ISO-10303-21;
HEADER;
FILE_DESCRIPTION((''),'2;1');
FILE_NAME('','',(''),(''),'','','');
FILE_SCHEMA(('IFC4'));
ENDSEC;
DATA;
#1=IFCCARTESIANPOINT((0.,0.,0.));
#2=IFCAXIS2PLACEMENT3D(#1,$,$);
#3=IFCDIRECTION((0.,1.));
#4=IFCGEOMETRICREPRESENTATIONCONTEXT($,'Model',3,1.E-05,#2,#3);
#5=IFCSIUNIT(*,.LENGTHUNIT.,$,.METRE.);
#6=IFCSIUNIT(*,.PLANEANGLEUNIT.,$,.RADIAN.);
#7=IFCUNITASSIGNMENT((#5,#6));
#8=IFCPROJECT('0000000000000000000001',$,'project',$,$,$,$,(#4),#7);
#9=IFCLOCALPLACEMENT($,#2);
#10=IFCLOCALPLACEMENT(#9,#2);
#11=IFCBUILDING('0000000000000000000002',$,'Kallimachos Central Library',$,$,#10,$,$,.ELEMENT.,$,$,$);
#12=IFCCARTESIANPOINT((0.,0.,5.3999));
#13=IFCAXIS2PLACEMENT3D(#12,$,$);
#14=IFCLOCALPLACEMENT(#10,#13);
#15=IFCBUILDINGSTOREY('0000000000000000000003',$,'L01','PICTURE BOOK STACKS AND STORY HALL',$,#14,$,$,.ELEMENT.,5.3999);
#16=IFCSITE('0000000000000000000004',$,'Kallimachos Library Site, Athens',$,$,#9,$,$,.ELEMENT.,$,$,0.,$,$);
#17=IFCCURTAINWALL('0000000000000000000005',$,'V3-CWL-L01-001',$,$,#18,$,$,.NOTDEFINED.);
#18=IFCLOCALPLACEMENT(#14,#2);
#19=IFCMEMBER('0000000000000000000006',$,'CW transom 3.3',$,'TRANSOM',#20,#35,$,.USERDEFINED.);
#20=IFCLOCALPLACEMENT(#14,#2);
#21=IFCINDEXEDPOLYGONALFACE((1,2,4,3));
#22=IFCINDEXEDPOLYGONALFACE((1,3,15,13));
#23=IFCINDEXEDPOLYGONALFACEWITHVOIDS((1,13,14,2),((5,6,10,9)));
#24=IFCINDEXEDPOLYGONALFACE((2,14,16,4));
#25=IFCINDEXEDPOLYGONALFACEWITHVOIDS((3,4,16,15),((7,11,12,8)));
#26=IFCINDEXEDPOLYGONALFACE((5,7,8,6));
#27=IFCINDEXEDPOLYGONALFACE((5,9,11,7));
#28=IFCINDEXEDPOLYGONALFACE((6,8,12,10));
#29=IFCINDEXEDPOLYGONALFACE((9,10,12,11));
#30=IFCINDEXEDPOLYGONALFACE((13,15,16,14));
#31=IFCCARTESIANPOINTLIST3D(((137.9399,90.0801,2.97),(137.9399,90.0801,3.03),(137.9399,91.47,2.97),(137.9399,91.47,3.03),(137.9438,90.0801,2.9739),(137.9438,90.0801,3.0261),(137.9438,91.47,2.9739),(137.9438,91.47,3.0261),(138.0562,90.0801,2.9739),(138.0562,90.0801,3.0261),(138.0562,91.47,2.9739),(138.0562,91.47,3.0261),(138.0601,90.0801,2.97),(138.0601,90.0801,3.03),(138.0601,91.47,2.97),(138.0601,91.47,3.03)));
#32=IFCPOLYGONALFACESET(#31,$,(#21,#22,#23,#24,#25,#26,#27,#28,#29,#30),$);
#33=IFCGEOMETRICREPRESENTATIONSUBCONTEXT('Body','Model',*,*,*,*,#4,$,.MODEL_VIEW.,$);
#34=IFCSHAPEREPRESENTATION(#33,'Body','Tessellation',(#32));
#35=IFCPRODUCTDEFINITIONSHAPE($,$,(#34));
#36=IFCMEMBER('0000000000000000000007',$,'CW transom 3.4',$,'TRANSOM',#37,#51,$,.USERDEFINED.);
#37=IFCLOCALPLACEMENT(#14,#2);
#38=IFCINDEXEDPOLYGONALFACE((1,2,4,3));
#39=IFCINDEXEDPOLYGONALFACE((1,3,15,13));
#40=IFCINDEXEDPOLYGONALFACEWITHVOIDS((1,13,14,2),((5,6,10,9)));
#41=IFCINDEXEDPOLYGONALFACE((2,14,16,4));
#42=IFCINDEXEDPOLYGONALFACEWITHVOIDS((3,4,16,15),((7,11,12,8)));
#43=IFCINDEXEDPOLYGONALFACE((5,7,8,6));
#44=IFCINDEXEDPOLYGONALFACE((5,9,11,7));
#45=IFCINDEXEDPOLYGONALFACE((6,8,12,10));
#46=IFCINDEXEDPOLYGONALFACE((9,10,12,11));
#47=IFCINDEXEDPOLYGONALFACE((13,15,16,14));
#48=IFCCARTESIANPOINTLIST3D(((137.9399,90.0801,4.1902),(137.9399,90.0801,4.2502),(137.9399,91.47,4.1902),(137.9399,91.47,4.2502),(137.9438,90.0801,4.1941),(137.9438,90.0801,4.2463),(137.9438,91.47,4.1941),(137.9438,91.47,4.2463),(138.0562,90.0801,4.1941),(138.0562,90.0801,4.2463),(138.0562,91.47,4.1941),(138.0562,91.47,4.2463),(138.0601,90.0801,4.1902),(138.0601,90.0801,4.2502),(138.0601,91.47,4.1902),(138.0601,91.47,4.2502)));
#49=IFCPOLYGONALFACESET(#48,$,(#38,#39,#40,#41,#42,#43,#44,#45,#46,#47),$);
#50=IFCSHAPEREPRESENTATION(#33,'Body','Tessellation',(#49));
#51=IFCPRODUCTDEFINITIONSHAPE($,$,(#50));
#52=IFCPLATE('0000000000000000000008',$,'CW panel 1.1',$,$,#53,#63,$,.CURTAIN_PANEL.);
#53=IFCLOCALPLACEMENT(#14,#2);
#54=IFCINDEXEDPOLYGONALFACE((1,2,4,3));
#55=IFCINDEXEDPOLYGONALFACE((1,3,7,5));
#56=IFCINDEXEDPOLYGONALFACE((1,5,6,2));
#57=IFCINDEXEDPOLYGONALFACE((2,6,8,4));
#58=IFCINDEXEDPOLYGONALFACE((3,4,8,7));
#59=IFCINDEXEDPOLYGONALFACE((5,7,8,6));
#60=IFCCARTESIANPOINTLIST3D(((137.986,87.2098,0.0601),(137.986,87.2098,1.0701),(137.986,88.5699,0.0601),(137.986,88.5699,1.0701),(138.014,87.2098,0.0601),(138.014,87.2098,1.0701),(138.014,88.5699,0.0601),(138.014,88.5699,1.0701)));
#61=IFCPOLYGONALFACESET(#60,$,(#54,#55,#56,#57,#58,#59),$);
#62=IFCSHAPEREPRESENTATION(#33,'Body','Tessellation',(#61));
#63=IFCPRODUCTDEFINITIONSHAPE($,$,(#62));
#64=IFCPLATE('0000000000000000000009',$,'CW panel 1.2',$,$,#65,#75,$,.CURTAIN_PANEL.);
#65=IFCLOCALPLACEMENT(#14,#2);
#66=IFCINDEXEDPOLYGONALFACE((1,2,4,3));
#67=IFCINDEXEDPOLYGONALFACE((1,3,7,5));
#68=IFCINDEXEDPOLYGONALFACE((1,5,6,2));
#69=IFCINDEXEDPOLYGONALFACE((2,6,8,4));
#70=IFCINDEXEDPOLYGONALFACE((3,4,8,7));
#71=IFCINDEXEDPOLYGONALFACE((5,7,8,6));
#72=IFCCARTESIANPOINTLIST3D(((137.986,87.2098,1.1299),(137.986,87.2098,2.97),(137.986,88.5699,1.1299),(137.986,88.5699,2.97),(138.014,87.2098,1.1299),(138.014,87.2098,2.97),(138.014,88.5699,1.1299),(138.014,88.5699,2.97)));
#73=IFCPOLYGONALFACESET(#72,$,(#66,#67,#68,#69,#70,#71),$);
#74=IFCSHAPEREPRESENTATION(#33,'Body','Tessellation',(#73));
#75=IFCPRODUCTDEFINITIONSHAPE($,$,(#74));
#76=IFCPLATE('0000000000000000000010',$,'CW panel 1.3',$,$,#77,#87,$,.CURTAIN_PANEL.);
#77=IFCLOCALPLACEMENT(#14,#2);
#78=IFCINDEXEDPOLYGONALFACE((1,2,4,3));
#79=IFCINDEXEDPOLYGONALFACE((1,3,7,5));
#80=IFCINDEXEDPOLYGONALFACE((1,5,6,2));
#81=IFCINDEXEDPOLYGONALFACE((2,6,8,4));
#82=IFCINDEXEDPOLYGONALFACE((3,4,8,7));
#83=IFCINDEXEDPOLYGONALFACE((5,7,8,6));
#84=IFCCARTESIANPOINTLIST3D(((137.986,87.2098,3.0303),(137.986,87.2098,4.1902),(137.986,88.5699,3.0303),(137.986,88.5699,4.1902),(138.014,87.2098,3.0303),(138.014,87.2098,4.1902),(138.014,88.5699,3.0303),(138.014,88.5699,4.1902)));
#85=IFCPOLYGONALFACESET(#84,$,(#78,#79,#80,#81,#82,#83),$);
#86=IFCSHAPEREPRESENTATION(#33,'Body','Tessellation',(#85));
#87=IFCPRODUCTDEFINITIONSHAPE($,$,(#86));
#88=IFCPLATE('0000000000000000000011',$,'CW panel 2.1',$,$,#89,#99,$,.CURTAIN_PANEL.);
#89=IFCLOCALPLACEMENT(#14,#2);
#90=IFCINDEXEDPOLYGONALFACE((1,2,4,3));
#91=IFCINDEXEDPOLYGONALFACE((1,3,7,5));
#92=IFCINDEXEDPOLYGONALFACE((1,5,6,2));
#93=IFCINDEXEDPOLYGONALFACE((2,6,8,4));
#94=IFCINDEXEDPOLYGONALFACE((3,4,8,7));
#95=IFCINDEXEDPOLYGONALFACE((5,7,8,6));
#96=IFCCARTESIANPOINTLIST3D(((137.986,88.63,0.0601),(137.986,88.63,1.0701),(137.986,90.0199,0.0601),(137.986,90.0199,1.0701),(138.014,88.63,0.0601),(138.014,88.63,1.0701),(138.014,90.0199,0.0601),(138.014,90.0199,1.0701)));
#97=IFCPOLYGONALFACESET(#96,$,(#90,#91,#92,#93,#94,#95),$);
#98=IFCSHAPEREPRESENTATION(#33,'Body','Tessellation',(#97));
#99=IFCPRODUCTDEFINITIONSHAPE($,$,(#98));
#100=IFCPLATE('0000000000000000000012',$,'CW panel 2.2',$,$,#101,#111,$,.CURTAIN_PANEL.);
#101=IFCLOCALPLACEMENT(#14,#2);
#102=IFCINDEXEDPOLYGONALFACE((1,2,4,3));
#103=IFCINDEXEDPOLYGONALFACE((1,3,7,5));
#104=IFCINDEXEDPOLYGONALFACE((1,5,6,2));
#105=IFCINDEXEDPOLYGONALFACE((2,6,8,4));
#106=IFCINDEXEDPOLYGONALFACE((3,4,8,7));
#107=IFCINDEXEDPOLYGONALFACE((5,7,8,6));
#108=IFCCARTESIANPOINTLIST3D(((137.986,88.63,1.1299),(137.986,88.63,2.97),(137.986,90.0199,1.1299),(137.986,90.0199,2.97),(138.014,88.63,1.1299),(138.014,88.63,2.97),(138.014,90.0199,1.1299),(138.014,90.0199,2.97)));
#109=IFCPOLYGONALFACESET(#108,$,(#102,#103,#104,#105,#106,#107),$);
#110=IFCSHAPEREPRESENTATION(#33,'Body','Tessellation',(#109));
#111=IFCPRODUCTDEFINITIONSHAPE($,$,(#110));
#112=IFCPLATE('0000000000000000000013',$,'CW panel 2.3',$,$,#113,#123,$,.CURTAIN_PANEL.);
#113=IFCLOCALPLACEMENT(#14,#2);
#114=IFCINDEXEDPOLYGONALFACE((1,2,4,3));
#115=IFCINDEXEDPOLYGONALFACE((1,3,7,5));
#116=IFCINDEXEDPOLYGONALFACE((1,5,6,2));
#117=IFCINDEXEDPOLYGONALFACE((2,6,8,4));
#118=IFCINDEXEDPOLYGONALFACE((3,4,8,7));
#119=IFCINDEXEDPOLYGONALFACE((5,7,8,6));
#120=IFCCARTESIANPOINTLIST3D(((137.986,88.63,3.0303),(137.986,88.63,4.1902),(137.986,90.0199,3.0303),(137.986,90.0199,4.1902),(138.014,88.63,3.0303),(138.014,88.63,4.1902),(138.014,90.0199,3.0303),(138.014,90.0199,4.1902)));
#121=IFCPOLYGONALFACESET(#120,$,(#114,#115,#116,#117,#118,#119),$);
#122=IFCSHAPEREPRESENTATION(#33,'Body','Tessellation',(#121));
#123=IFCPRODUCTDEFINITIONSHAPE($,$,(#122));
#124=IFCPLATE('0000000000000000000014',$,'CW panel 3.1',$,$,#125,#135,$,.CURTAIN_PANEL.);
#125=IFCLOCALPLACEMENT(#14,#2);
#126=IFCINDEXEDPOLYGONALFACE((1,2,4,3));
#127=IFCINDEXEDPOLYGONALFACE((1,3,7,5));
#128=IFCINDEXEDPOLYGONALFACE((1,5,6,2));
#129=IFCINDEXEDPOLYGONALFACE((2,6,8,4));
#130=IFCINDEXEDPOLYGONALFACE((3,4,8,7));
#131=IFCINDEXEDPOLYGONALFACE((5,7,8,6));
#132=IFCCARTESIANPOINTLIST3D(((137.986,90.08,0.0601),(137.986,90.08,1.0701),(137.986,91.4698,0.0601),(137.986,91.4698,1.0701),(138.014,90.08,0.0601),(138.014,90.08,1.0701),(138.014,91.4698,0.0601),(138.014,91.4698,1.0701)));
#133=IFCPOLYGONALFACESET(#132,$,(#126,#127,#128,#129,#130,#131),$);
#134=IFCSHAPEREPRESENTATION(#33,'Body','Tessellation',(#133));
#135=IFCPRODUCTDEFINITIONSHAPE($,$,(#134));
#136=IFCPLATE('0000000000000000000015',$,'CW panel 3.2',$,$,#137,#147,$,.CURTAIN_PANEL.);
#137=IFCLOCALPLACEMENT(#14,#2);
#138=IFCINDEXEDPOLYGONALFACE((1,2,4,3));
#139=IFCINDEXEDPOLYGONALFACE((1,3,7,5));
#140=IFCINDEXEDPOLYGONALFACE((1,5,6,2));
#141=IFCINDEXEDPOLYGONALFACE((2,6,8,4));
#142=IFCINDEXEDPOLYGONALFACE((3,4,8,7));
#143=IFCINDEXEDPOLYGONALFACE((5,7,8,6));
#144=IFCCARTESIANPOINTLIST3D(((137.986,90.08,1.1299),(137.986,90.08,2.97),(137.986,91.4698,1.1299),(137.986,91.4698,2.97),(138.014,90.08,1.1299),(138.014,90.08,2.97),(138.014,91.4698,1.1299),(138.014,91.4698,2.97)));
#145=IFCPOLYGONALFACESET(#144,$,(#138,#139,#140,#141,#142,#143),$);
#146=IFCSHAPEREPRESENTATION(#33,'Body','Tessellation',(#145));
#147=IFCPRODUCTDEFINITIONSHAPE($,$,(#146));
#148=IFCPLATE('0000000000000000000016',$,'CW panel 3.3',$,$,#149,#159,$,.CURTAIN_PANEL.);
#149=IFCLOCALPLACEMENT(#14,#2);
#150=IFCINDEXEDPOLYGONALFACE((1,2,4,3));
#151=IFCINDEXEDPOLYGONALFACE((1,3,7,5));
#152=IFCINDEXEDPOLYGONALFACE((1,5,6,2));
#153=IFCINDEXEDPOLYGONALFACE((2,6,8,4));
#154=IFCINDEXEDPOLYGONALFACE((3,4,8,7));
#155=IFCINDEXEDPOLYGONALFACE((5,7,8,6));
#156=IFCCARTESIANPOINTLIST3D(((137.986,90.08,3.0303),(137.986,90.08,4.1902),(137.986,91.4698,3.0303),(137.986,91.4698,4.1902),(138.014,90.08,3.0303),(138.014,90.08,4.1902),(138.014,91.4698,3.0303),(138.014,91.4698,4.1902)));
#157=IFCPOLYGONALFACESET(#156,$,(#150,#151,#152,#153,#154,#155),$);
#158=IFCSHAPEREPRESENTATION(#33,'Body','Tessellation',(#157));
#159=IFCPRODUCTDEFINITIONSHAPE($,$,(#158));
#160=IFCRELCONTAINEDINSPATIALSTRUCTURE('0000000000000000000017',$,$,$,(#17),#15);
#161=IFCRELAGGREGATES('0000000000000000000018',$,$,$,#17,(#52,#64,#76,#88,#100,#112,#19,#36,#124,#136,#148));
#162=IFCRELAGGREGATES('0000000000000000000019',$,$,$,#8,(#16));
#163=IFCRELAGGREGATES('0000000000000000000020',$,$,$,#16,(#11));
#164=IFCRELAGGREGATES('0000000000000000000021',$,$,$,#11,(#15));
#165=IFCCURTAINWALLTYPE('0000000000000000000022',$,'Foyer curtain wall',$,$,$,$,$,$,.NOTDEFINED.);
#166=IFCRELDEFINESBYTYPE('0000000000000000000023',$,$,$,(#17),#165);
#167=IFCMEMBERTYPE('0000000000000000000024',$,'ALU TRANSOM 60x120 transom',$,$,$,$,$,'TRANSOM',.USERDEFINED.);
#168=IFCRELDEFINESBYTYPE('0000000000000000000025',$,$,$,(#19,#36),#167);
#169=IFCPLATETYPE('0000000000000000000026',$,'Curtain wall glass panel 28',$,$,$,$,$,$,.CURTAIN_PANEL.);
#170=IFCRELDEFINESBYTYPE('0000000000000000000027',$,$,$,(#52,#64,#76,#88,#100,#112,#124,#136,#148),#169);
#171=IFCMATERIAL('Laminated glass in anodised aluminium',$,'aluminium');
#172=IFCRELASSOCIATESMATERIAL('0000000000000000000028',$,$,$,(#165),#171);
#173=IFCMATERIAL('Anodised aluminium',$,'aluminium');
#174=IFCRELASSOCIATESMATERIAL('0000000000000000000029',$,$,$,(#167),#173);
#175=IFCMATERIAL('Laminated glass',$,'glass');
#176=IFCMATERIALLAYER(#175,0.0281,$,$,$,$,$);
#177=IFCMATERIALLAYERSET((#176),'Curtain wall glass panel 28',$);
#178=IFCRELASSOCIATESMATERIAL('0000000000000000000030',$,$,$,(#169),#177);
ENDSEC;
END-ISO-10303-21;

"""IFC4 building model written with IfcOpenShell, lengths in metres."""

from ifc_helpers import new_model, si_unit, direction, frame, origin, origin_2d, place, context, subcontext, project, spatial, rectangle, hollow_rectangle, extrude, material, layer, layer_set, material_profile, profile_set, type_object, element, aggregate, save


model = new_model("IFC4")

# Units and contexts
model_context = context("Model", 3, precision=1e-05, world=origin(), true_north=direction((0.0, 1.0)))
body_context = subcontext(model_context, "Body", "Model", "MODEL_VIEW")
ifc_project = project(units=[si_unit("LENGTHUNIT", "METRE"), si_unit("PLANEANGLEUNIT", "RADIAN")], contexts=[model_context])

# Site, building, storey
site_placement = place(None, origin())
site = spatial("IfcSite", under=ifc_project, at=site_placement, Name="Kallimachos Library Site, Athens", CompositionType="ELEMENT", RefElevation=0.0)
building_placement = place(site_placement, origin())
building = spatial("IfcBuilding", under=site, at=building_placement, Name="Kallimachos Central Library", CompositionType="ELEMENT")
storey_placement = place(building_placement, frame((0.0, 0.0, 5.3999)))
storey = spatial("IfcBuildingStorey", under=building, at=storey_placement, Name="L01", Description="PICTURE BOOK STACKS AND STORY HALL", CompositionType="ELEMENT", Elevation=5.3999)

# Curtain wall, members, plates
ifc_material_1 = material(Name="Laminated glass in anodised aluminium", Category="aluminium")
curtain_wall_type = type_object("IfcCurtainWallType", Name="Foyer curtain wall", PredefinedType="NOTDEFINED", material=ifc_material_1)
curtain_wall_placement = place(storey_placement, origin())
curtain_wall = element("IfcCurtainWall", 1, at=curtain_wall_placement, inside=storey, type_object=curtain_wall_type, Name="V3-CWL-L01-001", PredefinedType="NOTDEFINED")
ifc_material_2 = material(Name="Anodised aluminium", Category="aluminium")
ifc_material_profile_1 = material_profile(ifc_material_2, hollow_rectangle(XDim=0.0601, YDim=0.1201, WallThickness=0.0039, at=origin_2d()), Name="ALU TRANSOM 60x120")
ifc_profile_set_1 = profile_set([ifc_material_profile_1], Name="Anodised aluminium")
member_type_1 = type_object("IfcMemberType", Name="ALU TRANSOM 60x120 transom", ElementType="TRANSOM", PredefinedType="USERDEFINED", material=ifc_profile_set_1)
member_1_placement = place(storey_placement, frame((138.0, 90.0801, 3.0), z_axis=(0.0, 1.0, 0.0), x_axis=(0.0, 0.0, 1.0)))
member_1 = element("IfcMember", 2, at=member_1_placement, type_object=member_type_1, Name="CW transom 3.3", ObjectType="TRANSOM", PredefinedType="USERDEFINED", context=body_context, shape_type="SweptSolid", body=[
    extrude(hollow_rectangle(XDim=0.0601, YDim=0.1201, WallThickness=0.0039, at=origin_2d()), origin(), (0.0, 0.0, 1.0), 1.3899),
])
member_2_placement = place(storey_placement, frame((138.0, 90.0801, 4.2202), z_axis=(0.0, 1.0, 0.0), x_axis=(0.0, 0.0, 1.0)))
member_2 = element("IfcMember", 3, at=member_2_placement, type_object=member_type_1, Name="CW transom 3.4", ObjectType="TRANSOM", PredefinedType="USERDEFINED", context=body_context, shape_type="SweptSolid", body=[
    extrude(hollow_rectangle(XDim=0.0601, YDim=0.1201, WallThickness=0.0039, at=origin_2d()), origin(), (0.0, 0.0, 1.0), 1.3899),
])
ifc_material_3 = material(Name="Laminated glass", Category="glass")
ifc_layer = layer(ifc_material_3, 0.0281)
ifc_layer_set = layer_set([ifc_layer], Name="Curtain wall glass panel 28")
plate_type = type_object("IfcPlateType", Name="Curtain wall glass panel 28", PredefinedType="CURTAIN_PANEL", material=ifc_layer_set)
plate_1_placement = place(storey_placement, frame((138.0, 87.8899, 0.0601), z_axis=(0.0, 0.0, 1.0), x_axis=(0.0, 1.0, 0.0)))
plate_1 = element("IfcPlate", 4, at=plate_1_placement, type_object=plate_type, Name="CW panel 1.1", PredefinedType="CURTAIN_PANEL", context=body_context, shape_type="SweptSolid", body=[
    extrude(rectangle(XDim=1.3601, YDim=0.0281, at=origin_2d()), origin(), (0.0, 0.0, 1.0), 1.01),
])
plate_2_placement = place(storey_placement, frame((138.0, 87.8899, 1.1299), z_axis=(0.0, 0.0, 1.0), x_axis=(0.0, 1.0, 0.0)))
plate_2 = element("IfcPlate", 5, at=plate_2_placement, type_object=plate_type, Name="CW panel 1.2", PredefinedType="CURTAIN_PANEL", context=body_context, shape_type="SweptSolid", body=[
    extrude(rectangle(XDim=1.3601, YDim=0.0281, at=origin_2d()), origin(), (0.0, 0.0, 1.0), 1.8401),
])
plate_3_placement = place(storey_placement, frame((138.0, 87.8899, 3.0303), z_axis=(0.0, 0.0, 1.0), x_axis=(0.0, 1.0, 0.0)))
plate_3 = element("IfcPlate", 6, at=plate_3_placement, type_object=plate_type, Name="CW panel 1.3", PredefinedType="CURTAIN_PANEL", context=body_context, shape_type="SweptSolid", body=[
    extrude(rectangle(XDim=1.3601, YDim=0.0281, at=origin_2d()), origin(), (0.0, 0.0, 1.0), 1.1599),
])
plate_4_placement = place(storey_placement, frame((138.0, 89.325, 0.0601), z_axis=(0.0, 0.0, 1.0), x_axis=(0.0, 1.0, 0.0)))
plate_4 = element("IfcPlate", 7, at=plate_4_placement, type_object=plate_type, Name="CW panel 2.1", PredefinedType="CURTAIN_PANEL", context=body_context, shape_type="SweptSolid", body=[
    extrude(rectangle(XDim=1.3899, YDim=0.0281, at=origin_2d()), origin(), (0.0, 0.0, 1.0), 1.01),
])
plate_5_placement = place(storey_placement, frame((138.0, 89.325, 1.1299), z_axis=(0.0, 0.0, 1.0), x_axis=(0.0, 1.0, 0.0)))
plate_5 = element("IfcPlate", 8, at=plate_5_placement, type_object=plate_type, Name="CW panel 2.2", PredefinedType="CURTAIN_PANEL", context=body_context, shape_type="SweptSolid", body=[
    extrude(rectangle(XDim=1.3899, YDim=0.0281, at=origin_2d()), origin(), (0.0, 0.0, 1.0), 1.8401),
])
plate_6_placement = place(storey_placement, frame((138.0, 89.325, 3.0303), z_axis=(0.0, 0.0, 1.0), x_axis=(0.0, 1.0, 0.0)))
plate_6 = element("IfcPlate", 9, at=plate_6_placement, type_object=plate_type, Name="CW panel 2.3", PredefinedType="CURTAIN_PANEL", context=body_context, shape_type="SweptSolid", body=[
    extrude(rectangle(XDim=1.3899, YDim=0.0281, at=origin_2d()), origin(), (0.0, 0.0, 1.0), 1.1599),
])
plate_7_placement = place(storey_placement, frame((138.0, 90.7749, 0.0601), z_axis=(0.0, 0.0, 1.0), x_axis=(0.0, 1.0, 0.0)))
plate_7 = element("IfcPlate", 10, at=plate_7_placement, type_object=plate_type, Name="CW panel 3.1", PredefinedType="CURTAIN_PANEL", context=body_context, shape_type="SweptSolid", body=[
    extrude(rectangle(XDim=1.3899, YDim=0.0281, at=origin_2d()), origin(), (0.0, 0.0, 1.0), 1.01),
])
plate_8_placement = place(storey_placement, frame((138.0, 90.7749, 1.1299), z_axis=(0.0, 0.0, 1.0), x_axis=(0.0, 1.0, 0.0)))
plate_8 = element("IfcPlate", 11, at=plate_8_placement, type_object=plate_type, Name="CW panel 3.2", PredefinedType="CURTAIN_PANEL", context=body_context, shape_type="SweptSolid", body=[
    extrude(rectangle(XDim=1.3899, YDim=0.0281, at=origin_2d()), origin(), (0.0, 0.0, 1.0), 1.8401),
])
plate_9_placement = place(storey_placement, frame((138.0, 90.7749, 3.0303), z_axis=(0.0, 0.0, 1.0), x_axis=(0.0, 1.0, 0.0)))
plate_9 = element("IfcPlate", 12, at=plate_9_placement, type_object=plate_type, Name="CW panel 3.3", PredefinedType="CURTAIN_PANEL", context=body_context, shape_type="SweptSolid", body=[
    extrude(rectangle(XDim=1.3899, YDim=0.0281, at=origin_2d()), origin(), (0.0, 0.0, 1.0), 1.1599),
])
aggregate(curtain_wall, [plate_1, plate_2, plate_3, plate_4, plate_5, plate_6, member_1, member_2, plate_7, plate_8, plate_9])

save(model, "model.ifc")
